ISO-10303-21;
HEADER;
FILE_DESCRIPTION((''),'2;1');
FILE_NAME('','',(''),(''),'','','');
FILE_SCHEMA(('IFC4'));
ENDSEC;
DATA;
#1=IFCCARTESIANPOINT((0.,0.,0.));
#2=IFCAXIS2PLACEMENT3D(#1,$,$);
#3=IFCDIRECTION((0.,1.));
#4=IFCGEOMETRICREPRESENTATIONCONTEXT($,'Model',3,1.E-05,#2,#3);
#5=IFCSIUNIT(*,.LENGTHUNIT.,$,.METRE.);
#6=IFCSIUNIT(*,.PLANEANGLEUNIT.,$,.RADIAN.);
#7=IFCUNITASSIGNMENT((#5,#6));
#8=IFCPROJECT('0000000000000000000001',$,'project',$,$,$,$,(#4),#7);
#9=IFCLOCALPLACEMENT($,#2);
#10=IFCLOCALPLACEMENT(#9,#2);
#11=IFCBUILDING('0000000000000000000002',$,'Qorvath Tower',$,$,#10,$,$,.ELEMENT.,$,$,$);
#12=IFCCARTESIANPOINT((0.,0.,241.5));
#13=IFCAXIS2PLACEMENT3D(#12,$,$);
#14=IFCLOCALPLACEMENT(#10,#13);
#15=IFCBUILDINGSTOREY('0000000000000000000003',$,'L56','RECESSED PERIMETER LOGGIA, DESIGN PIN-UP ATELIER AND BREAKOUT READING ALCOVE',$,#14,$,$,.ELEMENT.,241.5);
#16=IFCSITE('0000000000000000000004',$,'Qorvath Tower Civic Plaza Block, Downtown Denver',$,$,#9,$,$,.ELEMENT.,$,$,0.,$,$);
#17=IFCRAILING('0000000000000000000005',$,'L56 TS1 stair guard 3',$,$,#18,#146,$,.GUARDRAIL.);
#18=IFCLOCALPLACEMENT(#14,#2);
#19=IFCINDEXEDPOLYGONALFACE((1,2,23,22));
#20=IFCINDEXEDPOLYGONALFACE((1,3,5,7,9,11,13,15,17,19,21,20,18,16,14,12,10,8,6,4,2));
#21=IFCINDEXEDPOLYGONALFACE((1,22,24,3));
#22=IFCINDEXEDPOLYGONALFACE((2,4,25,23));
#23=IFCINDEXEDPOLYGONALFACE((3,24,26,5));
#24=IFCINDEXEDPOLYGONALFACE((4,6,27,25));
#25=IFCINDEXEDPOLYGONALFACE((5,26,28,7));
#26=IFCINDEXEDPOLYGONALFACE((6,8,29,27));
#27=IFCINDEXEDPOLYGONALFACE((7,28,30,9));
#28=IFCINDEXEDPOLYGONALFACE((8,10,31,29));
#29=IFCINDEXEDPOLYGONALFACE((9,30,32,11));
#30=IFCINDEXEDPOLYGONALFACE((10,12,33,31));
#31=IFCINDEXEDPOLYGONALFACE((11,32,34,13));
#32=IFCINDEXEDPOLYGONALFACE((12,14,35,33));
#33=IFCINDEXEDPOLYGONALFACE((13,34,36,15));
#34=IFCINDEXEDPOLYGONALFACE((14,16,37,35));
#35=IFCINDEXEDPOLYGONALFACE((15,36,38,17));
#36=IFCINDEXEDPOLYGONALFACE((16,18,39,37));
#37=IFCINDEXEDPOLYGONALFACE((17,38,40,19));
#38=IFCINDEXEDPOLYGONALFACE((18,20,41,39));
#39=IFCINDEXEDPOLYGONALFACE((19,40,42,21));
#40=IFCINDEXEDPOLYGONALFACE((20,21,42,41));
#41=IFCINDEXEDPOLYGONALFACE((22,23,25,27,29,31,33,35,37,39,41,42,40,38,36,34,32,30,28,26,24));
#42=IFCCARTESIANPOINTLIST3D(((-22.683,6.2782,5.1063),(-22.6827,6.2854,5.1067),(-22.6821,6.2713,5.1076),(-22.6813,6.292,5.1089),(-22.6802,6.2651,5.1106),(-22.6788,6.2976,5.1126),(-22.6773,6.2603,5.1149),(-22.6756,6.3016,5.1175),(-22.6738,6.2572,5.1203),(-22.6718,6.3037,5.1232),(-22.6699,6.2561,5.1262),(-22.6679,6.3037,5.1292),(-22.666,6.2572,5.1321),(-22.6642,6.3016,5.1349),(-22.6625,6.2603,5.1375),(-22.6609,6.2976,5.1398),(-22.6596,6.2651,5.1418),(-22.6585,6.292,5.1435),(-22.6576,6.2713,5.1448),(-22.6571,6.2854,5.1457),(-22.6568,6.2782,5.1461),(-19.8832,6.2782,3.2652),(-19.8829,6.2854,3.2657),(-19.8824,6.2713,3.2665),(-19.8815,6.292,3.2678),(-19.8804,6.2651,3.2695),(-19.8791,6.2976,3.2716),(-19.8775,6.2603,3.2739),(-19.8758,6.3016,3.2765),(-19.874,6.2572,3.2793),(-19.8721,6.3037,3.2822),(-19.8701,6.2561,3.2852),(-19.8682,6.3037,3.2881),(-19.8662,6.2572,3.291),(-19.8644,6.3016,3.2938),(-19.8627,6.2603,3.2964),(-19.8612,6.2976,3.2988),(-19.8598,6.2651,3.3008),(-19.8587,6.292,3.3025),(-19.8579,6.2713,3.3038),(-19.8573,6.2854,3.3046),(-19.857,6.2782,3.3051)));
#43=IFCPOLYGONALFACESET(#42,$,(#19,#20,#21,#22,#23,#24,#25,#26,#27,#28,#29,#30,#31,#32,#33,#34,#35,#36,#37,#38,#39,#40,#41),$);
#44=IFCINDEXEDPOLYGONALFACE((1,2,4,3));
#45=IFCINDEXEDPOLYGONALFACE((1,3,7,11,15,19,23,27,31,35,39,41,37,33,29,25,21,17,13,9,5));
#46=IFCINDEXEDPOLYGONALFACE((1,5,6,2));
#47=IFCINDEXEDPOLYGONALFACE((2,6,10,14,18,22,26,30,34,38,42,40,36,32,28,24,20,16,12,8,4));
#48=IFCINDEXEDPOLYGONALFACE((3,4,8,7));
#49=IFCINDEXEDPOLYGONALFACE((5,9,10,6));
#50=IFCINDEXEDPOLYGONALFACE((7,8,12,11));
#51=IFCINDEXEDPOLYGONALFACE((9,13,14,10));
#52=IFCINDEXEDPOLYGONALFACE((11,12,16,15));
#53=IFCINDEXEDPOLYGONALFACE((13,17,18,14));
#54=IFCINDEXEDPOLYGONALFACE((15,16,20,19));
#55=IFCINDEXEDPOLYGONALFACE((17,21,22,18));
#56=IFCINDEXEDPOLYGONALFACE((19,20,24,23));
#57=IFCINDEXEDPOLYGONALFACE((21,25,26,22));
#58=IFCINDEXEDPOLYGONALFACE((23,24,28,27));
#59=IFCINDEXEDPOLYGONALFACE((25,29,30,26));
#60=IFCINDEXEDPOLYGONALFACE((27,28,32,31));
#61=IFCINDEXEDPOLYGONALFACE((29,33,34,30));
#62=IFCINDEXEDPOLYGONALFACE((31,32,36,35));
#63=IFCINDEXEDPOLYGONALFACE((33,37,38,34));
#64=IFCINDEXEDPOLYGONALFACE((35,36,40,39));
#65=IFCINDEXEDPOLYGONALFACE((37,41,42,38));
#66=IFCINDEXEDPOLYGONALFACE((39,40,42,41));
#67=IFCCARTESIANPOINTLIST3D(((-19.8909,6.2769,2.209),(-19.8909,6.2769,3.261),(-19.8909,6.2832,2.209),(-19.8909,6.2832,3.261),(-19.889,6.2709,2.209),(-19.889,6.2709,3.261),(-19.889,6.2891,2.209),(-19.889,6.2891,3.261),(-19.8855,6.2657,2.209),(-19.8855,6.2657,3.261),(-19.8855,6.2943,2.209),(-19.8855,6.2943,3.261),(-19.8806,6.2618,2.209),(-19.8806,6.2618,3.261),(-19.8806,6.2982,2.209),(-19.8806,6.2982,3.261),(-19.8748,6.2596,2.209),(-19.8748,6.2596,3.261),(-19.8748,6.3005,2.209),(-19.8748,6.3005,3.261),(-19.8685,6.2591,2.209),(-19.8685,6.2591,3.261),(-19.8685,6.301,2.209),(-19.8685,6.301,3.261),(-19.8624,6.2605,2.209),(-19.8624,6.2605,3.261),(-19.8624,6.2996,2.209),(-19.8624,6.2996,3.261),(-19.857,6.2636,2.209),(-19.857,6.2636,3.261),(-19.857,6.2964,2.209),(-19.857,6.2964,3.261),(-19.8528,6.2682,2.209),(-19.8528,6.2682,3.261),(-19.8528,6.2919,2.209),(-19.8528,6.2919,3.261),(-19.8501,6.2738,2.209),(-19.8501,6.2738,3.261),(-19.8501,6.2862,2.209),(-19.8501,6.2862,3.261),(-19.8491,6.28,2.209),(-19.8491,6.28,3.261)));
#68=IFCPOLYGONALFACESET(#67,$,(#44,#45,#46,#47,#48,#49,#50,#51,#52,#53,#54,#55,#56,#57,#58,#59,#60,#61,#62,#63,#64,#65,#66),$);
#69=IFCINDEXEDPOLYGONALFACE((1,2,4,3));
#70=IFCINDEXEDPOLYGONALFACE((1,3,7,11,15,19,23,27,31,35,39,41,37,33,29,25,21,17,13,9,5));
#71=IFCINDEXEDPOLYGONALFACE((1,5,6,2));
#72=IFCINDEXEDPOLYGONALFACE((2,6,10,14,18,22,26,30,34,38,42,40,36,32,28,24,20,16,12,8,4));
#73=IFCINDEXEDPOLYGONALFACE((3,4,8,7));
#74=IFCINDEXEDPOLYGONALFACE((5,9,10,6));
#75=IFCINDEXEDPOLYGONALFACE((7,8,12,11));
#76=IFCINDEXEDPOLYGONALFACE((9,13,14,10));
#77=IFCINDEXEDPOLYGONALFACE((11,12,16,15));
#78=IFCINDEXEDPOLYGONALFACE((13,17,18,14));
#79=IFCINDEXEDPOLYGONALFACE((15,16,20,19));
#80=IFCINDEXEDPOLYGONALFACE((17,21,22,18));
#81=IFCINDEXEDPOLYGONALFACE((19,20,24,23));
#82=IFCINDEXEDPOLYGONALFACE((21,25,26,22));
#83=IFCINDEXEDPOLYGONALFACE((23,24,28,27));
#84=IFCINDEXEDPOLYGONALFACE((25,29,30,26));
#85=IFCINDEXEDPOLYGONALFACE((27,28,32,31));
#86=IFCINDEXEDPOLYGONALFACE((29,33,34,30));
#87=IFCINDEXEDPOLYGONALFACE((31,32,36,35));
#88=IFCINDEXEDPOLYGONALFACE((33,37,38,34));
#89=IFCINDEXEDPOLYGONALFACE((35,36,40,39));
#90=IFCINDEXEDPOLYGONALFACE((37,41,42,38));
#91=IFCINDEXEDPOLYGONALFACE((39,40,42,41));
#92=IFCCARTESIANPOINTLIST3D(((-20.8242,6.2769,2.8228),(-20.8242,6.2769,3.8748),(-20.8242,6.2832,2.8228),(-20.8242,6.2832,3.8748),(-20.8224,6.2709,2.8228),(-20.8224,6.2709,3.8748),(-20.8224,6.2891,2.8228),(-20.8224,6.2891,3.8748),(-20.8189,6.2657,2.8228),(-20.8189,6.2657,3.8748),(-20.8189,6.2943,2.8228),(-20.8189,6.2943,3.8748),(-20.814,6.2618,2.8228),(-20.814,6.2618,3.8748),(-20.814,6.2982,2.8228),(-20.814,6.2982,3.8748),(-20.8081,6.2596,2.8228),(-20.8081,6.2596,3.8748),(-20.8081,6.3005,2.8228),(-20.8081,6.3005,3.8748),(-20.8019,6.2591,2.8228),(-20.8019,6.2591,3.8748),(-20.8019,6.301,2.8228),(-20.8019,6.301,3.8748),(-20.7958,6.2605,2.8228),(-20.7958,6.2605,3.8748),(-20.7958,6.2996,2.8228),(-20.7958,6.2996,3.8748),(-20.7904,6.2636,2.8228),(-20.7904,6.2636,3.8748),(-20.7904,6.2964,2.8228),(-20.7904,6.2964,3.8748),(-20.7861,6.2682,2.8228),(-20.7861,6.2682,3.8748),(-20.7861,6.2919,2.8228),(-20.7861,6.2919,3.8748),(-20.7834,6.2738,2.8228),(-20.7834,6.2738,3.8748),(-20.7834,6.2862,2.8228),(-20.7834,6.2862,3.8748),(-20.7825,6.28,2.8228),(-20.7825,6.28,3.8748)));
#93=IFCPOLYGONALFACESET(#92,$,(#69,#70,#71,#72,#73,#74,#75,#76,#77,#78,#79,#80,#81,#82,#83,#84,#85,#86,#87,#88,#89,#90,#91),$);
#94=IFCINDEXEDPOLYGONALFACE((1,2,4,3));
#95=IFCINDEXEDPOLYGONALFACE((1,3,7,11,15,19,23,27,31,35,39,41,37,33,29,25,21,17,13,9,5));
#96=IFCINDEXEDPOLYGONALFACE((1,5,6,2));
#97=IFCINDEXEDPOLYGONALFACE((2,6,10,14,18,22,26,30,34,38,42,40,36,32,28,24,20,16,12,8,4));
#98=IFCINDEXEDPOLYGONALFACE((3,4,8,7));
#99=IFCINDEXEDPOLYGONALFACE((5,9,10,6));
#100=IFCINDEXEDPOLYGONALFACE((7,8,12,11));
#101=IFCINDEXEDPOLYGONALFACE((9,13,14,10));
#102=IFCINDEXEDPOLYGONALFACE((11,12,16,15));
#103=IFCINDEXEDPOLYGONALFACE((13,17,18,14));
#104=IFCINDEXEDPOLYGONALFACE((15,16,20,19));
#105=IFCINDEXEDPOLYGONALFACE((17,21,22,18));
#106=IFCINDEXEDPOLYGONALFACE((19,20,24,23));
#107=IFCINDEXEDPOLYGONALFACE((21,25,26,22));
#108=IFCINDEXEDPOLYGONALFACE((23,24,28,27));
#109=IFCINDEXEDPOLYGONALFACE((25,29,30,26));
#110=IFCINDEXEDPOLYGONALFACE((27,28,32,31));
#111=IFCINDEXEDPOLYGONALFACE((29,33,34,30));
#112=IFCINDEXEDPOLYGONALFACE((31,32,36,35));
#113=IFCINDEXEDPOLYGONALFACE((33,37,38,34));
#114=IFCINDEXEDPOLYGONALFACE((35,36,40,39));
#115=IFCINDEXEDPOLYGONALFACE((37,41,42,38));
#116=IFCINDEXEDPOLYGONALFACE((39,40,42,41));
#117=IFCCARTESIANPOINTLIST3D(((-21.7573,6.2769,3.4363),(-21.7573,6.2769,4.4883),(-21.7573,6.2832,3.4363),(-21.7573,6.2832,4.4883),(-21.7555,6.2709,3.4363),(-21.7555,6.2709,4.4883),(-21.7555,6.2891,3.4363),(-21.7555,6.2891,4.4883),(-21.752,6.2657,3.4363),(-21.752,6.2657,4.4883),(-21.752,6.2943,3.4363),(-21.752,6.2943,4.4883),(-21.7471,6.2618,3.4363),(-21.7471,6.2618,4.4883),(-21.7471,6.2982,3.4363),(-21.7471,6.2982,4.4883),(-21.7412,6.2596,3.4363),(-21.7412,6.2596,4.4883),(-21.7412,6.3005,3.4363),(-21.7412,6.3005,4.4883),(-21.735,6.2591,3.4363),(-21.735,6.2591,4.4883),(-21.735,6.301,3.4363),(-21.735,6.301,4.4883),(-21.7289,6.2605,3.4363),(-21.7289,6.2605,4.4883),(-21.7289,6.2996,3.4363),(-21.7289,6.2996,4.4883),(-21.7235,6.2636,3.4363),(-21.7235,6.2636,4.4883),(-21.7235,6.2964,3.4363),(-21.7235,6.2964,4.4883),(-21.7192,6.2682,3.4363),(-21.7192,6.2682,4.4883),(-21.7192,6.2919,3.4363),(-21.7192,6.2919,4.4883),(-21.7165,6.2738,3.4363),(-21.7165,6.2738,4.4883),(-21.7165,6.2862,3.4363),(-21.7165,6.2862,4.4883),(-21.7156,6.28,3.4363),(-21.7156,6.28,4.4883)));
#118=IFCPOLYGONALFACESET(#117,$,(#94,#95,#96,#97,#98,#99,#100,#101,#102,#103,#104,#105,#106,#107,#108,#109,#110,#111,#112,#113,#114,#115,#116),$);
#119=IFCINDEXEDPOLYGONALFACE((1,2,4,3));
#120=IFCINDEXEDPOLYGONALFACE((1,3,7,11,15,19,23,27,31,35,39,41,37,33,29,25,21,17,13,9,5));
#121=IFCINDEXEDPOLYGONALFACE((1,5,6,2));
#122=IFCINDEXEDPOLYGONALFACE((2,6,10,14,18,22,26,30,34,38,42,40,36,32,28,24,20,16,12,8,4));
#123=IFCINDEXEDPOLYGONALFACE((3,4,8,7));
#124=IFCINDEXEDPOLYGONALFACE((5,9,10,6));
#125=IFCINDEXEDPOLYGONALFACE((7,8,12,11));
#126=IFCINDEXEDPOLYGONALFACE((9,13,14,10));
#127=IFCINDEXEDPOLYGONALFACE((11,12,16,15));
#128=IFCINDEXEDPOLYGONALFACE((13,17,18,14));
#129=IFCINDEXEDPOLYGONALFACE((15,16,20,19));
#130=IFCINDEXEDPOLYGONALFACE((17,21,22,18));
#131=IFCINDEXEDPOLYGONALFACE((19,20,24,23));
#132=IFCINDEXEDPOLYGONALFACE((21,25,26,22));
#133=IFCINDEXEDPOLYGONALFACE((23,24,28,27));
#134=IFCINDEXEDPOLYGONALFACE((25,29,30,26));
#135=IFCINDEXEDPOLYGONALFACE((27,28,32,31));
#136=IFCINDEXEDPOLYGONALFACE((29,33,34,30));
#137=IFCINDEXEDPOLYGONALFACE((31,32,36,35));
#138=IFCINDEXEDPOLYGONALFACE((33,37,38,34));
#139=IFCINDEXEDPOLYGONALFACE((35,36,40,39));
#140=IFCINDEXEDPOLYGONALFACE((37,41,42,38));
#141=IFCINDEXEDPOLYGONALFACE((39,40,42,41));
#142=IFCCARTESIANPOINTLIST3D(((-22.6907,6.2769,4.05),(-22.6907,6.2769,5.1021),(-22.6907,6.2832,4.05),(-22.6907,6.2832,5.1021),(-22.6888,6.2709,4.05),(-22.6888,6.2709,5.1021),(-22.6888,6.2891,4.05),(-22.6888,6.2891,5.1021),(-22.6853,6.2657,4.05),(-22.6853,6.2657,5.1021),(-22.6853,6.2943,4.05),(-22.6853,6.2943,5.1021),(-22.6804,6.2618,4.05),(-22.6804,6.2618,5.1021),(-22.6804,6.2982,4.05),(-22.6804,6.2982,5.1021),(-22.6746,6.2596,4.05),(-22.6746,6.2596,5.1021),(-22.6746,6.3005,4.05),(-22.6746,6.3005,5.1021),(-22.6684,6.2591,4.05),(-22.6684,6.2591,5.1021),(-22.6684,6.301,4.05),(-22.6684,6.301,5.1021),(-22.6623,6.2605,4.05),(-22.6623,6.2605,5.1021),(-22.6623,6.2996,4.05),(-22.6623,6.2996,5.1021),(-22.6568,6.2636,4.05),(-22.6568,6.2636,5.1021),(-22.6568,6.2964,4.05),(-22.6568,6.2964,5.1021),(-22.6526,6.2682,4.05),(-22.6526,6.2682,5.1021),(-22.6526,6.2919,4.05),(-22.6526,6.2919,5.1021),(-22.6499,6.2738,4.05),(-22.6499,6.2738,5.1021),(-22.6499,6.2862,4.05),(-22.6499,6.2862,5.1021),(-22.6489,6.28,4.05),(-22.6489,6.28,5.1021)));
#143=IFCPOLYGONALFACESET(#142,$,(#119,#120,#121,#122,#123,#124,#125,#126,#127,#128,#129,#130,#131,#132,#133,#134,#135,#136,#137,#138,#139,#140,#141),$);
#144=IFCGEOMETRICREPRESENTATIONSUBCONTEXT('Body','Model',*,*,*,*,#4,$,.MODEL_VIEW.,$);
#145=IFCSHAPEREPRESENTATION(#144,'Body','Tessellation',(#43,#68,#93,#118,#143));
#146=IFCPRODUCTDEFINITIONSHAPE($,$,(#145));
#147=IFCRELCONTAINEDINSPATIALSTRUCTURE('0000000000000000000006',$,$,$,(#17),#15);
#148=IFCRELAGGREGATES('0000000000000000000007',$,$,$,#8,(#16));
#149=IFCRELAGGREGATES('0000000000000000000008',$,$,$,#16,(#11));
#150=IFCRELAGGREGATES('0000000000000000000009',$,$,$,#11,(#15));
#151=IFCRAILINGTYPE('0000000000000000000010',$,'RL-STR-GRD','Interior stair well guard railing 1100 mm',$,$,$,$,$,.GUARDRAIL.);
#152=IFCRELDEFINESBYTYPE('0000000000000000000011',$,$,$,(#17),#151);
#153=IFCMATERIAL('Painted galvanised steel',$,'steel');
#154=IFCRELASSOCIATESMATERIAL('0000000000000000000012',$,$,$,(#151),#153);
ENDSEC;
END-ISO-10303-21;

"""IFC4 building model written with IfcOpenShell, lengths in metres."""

from ifc_helpers import new_model, si_unit, direction, frame, origin, origin_2d, place, context, subcontext, project, spatial, circle, extrude, material, type_object, element, save


model = new_model("IFC4")

# Units and contexts
model_context = context("Model", 3, precision=1e-05, world=origin(), true_north=direction((0.0, 1.0)))
body_context = subcontext(model_context, "Body", "Model", "MODEL_VIEW")
ifc_project = project(units=[si_unit("LENGTHUNIT", "METRE"), si_unit("PLANEANGLEUNIT", "RADIAN")], contexts=[model_context])

# Site, building, storey
site_placement = place(None, origin())
site = spatial("IfcSite", under=ifc_project, at=site_placement, Name="Qorvath Tower Civic Plaza Block, Downtown Denver", CompositionType="ELEMENT", RefElevation=0.0)
building_placement = place(site_placement, origin())
building = spatial("IfcBuilding", under=site, at=building_placement, Name="Qorvath Tower", CompositionType="ELEMENT")
storey_placement = place(building_placement, frame((0.0, 0.0, 241.5)))
storey = spatial("IfcBuildingStorey", under=building, at=storey_placement, Name="L56", Description="RECESSED PERIMETER LOGGIA, DESIGN PIN-UP ATELIER AND BREAKOUT READING ALCOVE", CompositionType="ELEMENT", Elevation=241.5)

# Railing
ifc_material_1 = material(Name="Painted galvanised steel", Category="steel")
railing_type_1 = type_object("IfcRailingType", Name="RL-STR-GRD", Description="Interior stair well guard railing 1100 mm", PredefinedType="GUARDRAIL", material=ifc_material_1)
railing_1_placement = place(storey_placement, frame((-19.8701, 6.28, 2.209)))
element("IfcRailing", 1, at=railing_1_placement, inside=storey, type_object=railing_type_1, Name="L56 TS1 stair guard 3", PredefinedType="GUARDRAIL", context=body_context, shape_type="SweptSolid", body=[
    extrude(circle(Radius=0.0239, at=origin_2d()), frame((0.0, 0.0, 1.0762), z_axis=(-0.835542, 0.0, 0.549426), x_axis=(0.0, -1.0, 0.0)), (0.0, 0.0, 1.0), 3.3508),
    extrude(circle(Radius=0.021, at=origin_2d()), origin(), (0.0, 0.0, 1.0), 1.052),
    extrude(circle(Radius=0.021, at=origin_2d()), frame((-0.9333, 0.0, 0.6138)), (0.0, 0.0, 1.0), 1.052),
    extrude(circle(Radius=0.021, at=origin_2d()), frame((-1.8665, 0.0, 1.2273)), (0.0, 0.0, 1.0), 1.052),
    extrude(circle(Radius=0.021, at=origin_2d()), frame((-2.7998, 0.0, 1.8411)), (0.0, 0.0, 1.0), 1.052),
])

save(model, "model.ifc")
